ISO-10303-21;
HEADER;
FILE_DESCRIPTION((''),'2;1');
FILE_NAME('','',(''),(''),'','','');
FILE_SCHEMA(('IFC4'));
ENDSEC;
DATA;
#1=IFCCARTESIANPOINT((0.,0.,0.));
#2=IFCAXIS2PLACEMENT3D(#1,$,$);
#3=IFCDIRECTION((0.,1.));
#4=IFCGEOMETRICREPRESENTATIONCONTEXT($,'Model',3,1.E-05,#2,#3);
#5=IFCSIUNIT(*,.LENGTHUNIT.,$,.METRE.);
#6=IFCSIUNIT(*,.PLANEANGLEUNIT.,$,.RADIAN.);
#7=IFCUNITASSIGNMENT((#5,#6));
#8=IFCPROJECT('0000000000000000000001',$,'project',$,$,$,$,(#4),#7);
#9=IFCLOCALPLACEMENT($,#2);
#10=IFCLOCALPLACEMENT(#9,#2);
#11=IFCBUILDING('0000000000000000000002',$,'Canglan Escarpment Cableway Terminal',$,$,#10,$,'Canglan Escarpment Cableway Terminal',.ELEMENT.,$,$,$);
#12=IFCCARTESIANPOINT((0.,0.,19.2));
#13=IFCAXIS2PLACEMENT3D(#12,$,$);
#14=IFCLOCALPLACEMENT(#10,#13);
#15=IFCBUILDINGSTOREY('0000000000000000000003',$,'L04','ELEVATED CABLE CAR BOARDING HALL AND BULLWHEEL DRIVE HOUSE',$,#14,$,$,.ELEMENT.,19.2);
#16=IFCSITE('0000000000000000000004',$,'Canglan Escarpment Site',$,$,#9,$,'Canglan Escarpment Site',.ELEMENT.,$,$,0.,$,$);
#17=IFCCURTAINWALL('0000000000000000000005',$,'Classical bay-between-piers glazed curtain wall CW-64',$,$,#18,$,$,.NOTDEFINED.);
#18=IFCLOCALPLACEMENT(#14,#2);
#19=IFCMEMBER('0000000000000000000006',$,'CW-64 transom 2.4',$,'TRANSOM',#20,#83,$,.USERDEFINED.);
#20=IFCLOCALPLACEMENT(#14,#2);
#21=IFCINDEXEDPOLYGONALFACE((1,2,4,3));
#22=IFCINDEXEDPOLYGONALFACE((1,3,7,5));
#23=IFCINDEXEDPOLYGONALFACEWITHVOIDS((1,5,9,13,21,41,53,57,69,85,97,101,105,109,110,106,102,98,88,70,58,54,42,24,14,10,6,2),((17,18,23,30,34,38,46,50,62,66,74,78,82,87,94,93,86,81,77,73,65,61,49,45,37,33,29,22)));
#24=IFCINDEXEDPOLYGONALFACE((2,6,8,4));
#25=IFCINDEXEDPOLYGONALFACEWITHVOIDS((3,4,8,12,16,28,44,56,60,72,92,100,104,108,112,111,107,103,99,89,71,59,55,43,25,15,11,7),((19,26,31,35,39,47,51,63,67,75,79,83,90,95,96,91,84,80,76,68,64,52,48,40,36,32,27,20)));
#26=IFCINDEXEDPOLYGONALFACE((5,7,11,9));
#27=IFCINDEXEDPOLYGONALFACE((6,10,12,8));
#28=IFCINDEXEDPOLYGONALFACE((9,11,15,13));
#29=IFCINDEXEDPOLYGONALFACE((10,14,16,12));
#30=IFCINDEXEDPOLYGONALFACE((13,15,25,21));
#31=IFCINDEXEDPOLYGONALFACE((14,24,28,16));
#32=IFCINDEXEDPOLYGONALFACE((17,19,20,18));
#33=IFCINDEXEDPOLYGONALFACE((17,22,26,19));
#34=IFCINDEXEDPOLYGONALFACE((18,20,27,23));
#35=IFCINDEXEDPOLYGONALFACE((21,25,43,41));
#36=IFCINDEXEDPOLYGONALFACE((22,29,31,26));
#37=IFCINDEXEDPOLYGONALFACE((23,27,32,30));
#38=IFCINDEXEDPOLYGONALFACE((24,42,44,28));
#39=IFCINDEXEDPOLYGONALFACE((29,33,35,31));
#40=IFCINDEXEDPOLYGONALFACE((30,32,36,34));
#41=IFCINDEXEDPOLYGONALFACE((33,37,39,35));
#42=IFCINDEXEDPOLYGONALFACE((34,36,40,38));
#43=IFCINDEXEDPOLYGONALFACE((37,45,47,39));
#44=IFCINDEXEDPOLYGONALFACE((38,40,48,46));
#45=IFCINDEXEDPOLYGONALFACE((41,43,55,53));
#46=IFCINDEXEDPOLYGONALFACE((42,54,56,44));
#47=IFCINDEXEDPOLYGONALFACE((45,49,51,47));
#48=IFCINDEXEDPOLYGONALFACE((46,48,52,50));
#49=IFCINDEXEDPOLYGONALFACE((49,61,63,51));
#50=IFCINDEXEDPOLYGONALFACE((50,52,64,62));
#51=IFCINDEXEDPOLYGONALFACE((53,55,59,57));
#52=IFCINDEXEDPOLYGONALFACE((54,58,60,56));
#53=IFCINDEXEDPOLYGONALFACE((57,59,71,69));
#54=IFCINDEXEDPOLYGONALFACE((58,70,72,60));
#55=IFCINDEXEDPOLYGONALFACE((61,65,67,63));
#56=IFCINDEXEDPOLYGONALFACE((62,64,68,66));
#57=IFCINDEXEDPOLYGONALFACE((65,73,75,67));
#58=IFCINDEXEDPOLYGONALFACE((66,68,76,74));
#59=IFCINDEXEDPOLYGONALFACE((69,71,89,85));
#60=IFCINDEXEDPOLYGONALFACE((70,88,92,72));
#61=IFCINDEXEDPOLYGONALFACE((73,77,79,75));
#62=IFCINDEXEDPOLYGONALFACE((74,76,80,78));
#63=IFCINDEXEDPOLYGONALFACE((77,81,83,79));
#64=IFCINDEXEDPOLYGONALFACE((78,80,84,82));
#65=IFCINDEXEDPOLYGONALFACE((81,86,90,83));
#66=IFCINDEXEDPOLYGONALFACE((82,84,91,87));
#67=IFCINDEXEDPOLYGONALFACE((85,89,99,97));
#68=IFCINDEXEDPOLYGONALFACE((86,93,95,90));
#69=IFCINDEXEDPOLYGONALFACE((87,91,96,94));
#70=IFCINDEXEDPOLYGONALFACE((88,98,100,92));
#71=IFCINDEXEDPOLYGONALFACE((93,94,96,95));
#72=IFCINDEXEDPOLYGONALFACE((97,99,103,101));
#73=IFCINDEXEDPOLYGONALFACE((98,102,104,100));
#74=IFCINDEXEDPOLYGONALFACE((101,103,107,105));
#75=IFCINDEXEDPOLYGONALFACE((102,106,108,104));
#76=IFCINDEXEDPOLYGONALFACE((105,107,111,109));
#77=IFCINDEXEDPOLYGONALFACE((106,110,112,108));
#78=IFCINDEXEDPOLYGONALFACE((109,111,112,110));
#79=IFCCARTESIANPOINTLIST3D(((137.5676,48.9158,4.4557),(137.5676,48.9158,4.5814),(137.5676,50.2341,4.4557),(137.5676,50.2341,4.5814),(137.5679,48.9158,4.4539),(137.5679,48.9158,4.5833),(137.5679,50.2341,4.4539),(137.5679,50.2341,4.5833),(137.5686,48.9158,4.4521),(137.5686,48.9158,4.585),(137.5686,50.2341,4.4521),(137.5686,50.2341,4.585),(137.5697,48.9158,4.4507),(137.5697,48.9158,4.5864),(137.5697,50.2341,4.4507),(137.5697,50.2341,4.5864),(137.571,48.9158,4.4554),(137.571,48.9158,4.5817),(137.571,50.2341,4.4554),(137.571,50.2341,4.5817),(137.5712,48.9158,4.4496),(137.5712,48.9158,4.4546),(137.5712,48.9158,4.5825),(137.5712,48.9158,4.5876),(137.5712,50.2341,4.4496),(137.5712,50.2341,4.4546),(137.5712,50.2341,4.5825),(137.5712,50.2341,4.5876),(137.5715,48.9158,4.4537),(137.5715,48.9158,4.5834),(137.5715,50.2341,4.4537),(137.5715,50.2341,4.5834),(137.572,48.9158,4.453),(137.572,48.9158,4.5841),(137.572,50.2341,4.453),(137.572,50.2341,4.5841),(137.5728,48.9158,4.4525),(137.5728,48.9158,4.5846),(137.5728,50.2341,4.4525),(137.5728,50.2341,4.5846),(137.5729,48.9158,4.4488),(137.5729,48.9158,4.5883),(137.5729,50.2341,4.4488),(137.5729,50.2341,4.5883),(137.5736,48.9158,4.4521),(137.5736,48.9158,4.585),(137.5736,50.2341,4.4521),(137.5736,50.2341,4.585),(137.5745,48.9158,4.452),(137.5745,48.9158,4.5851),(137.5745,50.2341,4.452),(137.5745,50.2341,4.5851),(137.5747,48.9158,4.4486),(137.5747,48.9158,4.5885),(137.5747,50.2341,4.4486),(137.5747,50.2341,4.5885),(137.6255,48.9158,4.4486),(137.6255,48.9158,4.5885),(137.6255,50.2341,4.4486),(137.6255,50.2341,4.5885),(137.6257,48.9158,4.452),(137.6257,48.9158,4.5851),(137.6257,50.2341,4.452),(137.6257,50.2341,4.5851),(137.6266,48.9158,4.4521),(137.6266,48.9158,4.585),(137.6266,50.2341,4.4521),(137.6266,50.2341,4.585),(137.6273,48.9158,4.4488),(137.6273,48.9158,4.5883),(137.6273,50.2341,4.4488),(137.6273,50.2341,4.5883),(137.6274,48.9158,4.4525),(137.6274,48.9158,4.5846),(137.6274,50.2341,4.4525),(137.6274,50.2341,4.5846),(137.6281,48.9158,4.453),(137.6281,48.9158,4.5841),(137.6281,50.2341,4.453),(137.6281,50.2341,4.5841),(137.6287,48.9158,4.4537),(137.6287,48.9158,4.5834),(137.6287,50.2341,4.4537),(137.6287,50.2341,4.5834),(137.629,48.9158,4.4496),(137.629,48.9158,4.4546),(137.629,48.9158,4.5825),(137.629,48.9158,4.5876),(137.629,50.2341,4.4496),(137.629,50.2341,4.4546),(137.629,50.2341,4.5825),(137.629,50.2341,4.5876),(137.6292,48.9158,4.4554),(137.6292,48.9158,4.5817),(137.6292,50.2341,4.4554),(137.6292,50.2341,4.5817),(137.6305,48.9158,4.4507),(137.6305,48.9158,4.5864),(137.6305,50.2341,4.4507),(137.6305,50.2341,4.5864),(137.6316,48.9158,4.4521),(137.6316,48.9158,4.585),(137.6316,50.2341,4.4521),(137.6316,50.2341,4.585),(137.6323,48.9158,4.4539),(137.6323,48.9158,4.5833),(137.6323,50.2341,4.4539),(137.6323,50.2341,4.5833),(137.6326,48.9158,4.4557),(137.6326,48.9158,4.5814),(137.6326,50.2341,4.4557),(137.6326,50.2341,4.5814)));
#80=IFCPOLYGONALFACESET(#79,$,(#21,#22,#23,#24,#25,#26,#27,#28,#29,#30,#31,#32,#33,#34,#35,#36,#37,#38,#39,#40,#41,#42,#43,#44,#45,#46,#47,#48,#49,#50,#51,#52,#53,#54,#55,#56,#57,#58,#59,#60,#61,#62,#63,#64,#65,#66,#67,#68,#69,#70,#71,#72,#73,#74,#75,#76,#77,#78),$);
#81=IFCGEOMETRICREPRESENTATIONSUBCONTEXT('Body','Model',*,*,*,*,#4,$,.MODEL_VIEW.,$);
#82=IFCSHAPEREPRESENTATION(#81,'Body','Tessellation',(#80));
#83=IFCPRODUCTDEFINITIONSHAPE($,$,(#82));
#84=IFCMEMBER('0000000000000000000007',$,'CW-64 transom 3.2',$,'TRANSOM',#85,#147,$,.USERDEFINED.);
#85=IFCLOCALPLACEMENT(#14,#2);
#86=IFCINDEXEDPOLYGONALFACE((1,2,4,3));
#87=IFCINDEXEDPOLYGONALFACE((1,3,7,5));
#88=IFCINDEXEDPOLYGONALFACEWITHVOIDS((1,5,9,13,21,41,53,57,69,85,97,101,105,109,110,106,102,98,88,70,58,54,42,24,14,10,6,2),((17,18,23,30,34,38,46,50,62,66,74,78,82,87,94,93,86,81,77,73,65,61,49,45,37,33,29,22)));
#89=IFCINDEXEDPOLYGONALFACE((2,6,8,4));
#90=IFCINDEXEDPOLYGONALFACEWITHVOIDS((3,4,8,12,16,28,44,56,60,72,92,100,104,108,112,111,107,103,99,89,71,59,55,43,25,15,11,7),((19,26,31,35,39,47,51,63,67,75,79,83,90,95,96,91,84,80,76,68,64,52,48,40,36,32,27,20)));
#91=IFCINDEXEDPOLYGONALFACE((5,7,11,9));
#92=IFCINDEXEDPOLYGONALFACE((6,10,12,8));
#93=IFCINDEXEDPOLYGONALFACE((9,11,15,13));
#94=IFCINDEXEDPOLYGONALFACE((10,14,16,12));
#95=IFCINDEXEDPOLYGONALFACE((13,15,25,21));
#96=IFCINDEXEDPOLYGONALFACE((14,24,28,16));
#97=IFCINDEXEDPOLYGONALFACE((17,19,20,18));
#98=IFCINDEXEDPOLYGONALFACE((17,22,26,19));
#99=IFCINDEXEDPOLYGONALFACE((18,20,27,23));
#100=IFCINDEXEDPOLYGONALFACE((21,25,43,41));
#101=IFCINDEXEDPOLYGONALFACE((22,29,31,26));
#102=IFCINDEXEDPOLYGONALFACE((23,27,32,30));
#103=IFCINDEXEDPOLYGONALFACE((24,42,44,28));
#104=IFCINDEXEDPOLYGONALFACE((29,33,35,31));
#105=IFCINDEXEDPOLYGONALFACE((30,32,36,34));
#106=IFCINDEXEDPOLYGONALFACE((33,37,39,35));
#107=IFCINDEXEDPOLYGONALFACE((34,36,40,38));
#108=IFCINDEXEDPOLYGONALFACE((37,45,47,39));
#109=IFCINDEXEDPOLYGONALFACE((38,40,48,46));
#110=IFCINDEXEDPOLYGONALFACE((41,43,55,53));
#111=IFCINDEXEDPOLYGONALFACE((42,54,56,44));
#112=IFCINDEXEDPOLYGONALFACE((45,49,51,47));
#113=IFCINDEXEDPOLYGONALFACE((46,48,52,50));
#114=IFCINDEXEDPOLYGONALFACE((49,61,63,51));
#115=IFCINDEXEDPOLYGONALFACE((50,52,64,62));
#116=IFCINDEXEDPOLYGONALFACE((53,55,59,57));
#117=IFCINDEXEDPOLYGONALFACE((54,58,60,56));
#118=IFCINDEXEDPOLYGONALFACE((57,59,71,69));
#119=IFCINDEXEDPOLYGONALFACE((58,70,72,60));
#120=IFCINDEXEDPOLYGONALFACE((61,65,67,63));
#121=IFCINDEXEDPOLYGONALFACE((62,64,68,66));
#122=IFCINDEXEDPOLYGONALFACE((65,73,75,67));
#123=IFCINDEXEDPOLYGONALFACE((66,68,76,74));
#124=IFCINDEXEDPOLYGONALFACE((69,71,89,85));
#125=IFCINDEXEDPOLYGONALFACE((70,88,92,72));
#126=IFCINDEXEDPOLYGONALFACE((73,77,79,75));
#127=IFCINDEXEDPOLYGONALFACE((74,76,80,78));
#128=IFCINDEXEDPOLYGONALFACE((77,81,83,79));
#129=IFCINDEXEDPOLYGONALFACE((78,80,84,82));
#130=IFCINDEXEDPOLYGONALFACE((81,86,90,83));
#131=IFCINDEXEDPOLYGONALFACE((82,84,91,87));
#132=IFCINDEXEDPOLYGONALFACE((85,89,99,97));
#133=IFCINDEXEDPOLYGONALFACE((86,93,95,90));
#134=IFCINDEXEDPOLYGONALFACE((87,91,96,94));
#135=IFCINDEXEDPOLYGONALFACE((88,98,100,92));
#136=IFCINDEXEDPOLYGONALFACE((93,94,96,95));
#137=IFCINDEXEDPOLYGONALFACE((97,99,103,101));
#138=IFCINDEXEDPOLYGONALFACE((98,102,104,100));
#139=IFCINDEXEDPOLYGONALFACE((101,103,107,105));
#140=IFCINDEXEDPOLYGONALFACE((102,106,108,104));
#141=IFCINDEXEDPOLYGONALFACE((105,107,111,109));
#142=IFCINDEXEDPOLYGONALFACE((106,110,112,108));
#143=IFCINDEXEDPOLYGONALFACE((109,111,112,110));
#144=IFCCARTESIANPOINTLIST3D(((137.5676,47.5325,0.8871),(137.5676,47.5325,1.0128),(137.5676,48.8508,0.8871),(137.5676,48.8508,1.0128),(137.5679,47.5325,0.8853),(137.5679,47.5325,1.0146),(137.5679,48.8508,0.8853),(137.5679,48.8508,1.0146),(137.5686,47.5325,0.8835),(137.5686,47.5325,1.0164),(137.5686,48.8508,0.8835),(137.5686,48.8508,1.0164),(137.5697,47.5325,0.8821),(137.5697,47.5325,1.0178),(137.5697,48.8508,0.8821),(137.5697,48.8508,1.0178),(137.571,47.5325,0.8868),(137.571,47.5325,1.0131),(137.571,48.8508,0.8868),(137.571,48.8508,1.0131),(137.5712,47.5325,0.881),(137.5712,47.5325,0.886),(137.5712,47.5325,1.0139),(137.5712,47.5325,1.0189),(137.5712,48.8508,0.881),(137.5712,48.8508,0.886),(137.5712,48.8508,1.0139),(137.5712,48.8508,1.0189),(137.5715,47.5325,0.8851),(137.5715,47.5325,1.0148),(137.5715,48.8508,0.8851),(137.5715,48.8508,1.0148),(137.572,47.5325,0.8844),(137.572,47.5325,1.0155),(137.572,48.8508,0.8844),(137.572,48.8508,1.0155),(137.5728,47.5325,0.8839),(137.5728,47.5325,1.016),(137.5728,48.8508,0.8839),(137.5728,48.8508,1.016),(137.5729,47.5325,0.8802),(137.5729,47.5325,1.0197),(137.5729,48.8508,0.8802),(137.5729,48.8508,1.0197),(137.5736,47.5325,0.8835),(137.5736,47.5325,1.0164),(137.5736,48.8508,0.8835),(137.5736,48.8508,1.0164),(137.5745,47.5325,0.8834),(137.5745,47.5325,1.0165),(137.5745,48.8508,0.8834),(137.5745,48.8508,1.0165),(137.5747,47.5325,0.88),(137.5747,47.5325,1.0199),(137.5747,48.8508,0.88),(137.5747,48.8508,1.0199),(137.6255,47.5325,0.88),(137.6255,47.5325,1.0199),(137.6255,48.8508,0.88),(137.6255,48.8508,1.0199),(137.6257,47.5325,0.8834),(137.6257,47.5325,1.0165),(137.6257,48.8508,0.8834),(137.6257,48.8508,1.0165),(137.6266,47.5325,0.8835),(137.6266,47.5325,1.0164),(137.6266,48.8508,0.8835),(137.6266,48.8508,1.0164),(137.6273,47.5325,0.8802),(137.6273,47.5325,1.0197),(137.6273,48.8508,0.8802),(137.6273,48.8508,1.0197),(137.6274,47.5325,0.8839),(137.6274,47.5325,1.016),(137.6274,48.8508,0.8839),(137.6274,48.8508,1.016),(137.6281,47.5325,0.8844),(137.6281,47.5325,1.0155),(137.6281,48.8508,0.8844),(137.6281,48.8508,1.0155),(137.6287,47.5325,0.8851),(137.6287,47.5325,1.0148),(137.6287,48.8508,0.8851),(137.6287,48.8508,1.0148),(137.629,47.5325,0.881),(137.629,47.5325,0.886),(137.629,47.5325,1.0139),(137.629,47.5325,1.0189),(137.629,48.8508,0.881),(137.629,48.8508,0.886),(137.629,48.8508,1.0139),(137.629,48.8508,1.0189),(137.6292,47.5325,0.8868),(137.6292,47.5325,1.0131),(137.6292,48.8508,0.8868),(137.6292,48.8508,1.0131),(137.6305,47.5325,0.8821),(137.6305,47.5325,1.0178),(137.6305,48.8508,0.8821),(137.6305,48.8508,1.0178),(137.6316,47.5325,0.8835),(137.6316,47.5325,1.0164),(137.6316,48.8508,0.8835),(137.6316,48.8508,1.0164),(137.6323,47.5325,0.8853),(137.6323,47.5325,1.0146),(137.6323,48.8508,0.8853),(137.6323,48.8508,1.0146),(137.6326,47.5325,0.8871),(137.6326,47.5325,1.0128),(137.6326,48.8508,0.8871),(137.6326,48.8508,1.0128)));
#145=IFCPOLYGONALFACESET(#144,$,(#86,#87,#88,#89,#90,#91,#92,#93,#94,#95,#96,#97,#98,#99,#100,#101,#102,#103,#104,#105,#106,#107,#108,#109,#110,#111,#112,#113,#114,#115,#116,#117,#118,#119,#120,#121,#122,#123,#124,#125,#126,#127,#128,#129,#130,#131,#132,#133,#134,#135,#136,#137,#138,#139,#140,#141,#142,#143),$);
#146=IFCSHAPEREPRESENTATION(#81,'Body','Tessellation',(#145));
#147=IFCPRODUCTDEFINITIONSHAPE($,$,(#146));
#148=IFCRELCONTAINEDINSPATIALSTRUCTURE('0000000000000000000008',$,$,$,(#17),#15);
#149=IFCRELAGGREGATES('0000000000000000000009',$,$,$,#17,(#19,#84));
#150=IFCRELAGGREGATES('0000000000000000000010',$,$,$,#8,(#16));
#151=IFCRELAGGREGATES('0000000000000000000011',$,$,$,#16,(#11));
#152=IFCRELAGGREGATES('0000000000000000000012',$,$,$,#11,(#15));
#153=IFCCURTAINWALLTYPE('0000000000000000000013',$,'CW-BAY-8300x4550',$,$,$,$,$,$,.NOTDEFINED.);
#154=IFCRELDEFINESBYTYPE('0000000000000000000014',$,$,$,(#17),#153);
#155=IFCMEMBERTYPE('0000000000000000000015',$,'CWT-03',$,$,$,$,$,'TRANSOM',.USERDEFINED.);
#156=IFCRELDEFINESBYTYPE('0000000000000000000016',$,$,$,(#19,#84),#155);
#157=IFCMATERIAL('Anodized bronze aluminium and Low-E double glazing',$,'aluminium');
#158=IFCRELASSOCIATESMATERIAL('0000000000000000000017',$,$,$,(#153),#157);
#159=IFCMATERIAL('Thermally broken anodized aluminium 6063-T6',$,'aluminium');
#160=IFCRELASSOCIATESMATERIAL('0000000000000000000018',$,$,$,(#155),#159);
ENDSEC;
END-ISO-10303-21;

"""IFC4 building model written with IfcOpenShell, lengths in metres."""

from ifc_helpers import new_model, si_unit, direction, frame, origin, origin_2d, place, context, subcontext, project, spatial, hollow_rectangle, extrude, material, material_profile, profile_set, type_object, element, aggregate, save


model = new_model("IFC4")

# Units and contexts
model_context = context("Model", 3, precision=1e-05, world=origin(), true_north=direction((0.0, 1.0)))
body_context = subcontext(model_context, "Body", "Model", "MODEL_VIEW")
ifc_project = project(units=[si_unit("LENGTHUNIT", "METRE"), si_unit("PLANEANGLEUNIT", "RADIAN")], contexts=[model_context])

# Site, building, storey
site_placement = place(None, origin())
site = spatial("IfcSite", under=ifc_project, at=site_placement, Name="Canglan Escarpment Site", LongName="Canglan Escarpment Site", CompositionType="ELEMENT", RefElevation=0.0)
building_placement = place(site_placement, origin())
building = spatial("IfcBuilding", under=site, at=building_placement, Name="Canglan Escarpment Cableway Terminal", LongName="Canglan Escarpment Cableway Terminal", CompositionType="ELEMENT")
storey_placement = place(building_placement, frame((0.0, 0.0, 19.2)))
storey = spatial("IfcBuildingStorey", under=building, at=storey_placement, Name="L04", Description="ELEVATED CABLE CAR BOARDING HALL AND BULLWHEEL DRIVE HOUSE", CompositionType="ELEMENT", Elevation=19.2)

# Shared definitions
ifc_material_1 = material(Name="Anodized bronze aluminium and Low-E double glazing", Category="aluminium")
curtain_wall_type = type_object("IfcCurtainWallType", Name="CW-BAY-8300x4550", PredefinedType="NOTDEFINED", material=ifc_material_1)
ifc_material_2 = material(Name="Thermally broken anodized aluminium 6063-T6", Category="aluminium")

# Curtain wall
curtain_wall_1_placement = place(storey_placement, origin())
curtain_wall_1 = element("IfcCurtainWall", 1, at=curtain_wall_1_placement, inside=storey, type_object=curtain_wall_type, Name="Classical bay-between-piers glazed curtain wall CW-64", PredefinedType="NOTDEFINED")

# Members
ifc_material_profile_1 = material_profile(ifc_material_2, hollow_rectangle(XDim=0.0649, YDim=0.1399, WallThickness=0.0034, InnerFilletRadius=0.0034, OuterFilletRadius=0.0071, at=origin_2d()), Name="ALU-TRAN 65x140x3.5")
ifc_profile_set_1 = profile_set([ifc_material_profile_1], Name="Thermally broken anodized aluminium 6063-T6")
member_type_1 = type_object("IfcMemberType", Name="CWT-03", ElementType="TRANSOM", PredefinedType="USERDEFINED", material=ifc_profile_set_1)
member_1_placement = place(storey_placement, frame((137.6001, 50.2341, 4.5186), z_axis=(0.0, -1.0, 0.0), x_axis=(1.0, 0.0, 0.0)))
member_1 = element("IfcMember", 2, at=member_1_placement, type_object=member_type_1, Name="CW-64 transom 2.4", ObjectType="TRANSOM", PredefinedType="USERDEFINED", context=body_context, shape_type="SweptSolid", body=[
    extrude(hollow_rectangle(XDim=0.0649, YDim=0.1399, WallThickness=0.0034, InnerFilletRadius=0.0034, OuterFilletRadius=0.0071, at=origin_2d()), origin(), (0.0, 0.0, 1.0), 1.3184),
])
member_2_placement = place(storey_placement, frame((137.6001, 48.8508, 0.95), z_axis=(0.0, -1.0, 0.0), x_axis=(1.0, 0.0, 0.0)))
member_2 = element("IfcMember", 3, at=member_2_placement, type_object=member_type_1, Name="CW-64 transom 3.2", ObjectType="TRANSOM", PredefinedType="USERDEFINED", context=body_context, shape_type="SweptSolid", body=[
    extrude(hollow_rectangle(XDim=0.0649, YDim=0.1399, WallThickness=0.0034, InnerFilletRadius=0.0034, OuterFilletRadius=0.0071, at=origin_2d()), origin(), (0.0, 0.0, 1.0), 1.3184),
])

aggregate(curtain_wall_1, [member_1, member_2])

save(model, "model.ifc")
